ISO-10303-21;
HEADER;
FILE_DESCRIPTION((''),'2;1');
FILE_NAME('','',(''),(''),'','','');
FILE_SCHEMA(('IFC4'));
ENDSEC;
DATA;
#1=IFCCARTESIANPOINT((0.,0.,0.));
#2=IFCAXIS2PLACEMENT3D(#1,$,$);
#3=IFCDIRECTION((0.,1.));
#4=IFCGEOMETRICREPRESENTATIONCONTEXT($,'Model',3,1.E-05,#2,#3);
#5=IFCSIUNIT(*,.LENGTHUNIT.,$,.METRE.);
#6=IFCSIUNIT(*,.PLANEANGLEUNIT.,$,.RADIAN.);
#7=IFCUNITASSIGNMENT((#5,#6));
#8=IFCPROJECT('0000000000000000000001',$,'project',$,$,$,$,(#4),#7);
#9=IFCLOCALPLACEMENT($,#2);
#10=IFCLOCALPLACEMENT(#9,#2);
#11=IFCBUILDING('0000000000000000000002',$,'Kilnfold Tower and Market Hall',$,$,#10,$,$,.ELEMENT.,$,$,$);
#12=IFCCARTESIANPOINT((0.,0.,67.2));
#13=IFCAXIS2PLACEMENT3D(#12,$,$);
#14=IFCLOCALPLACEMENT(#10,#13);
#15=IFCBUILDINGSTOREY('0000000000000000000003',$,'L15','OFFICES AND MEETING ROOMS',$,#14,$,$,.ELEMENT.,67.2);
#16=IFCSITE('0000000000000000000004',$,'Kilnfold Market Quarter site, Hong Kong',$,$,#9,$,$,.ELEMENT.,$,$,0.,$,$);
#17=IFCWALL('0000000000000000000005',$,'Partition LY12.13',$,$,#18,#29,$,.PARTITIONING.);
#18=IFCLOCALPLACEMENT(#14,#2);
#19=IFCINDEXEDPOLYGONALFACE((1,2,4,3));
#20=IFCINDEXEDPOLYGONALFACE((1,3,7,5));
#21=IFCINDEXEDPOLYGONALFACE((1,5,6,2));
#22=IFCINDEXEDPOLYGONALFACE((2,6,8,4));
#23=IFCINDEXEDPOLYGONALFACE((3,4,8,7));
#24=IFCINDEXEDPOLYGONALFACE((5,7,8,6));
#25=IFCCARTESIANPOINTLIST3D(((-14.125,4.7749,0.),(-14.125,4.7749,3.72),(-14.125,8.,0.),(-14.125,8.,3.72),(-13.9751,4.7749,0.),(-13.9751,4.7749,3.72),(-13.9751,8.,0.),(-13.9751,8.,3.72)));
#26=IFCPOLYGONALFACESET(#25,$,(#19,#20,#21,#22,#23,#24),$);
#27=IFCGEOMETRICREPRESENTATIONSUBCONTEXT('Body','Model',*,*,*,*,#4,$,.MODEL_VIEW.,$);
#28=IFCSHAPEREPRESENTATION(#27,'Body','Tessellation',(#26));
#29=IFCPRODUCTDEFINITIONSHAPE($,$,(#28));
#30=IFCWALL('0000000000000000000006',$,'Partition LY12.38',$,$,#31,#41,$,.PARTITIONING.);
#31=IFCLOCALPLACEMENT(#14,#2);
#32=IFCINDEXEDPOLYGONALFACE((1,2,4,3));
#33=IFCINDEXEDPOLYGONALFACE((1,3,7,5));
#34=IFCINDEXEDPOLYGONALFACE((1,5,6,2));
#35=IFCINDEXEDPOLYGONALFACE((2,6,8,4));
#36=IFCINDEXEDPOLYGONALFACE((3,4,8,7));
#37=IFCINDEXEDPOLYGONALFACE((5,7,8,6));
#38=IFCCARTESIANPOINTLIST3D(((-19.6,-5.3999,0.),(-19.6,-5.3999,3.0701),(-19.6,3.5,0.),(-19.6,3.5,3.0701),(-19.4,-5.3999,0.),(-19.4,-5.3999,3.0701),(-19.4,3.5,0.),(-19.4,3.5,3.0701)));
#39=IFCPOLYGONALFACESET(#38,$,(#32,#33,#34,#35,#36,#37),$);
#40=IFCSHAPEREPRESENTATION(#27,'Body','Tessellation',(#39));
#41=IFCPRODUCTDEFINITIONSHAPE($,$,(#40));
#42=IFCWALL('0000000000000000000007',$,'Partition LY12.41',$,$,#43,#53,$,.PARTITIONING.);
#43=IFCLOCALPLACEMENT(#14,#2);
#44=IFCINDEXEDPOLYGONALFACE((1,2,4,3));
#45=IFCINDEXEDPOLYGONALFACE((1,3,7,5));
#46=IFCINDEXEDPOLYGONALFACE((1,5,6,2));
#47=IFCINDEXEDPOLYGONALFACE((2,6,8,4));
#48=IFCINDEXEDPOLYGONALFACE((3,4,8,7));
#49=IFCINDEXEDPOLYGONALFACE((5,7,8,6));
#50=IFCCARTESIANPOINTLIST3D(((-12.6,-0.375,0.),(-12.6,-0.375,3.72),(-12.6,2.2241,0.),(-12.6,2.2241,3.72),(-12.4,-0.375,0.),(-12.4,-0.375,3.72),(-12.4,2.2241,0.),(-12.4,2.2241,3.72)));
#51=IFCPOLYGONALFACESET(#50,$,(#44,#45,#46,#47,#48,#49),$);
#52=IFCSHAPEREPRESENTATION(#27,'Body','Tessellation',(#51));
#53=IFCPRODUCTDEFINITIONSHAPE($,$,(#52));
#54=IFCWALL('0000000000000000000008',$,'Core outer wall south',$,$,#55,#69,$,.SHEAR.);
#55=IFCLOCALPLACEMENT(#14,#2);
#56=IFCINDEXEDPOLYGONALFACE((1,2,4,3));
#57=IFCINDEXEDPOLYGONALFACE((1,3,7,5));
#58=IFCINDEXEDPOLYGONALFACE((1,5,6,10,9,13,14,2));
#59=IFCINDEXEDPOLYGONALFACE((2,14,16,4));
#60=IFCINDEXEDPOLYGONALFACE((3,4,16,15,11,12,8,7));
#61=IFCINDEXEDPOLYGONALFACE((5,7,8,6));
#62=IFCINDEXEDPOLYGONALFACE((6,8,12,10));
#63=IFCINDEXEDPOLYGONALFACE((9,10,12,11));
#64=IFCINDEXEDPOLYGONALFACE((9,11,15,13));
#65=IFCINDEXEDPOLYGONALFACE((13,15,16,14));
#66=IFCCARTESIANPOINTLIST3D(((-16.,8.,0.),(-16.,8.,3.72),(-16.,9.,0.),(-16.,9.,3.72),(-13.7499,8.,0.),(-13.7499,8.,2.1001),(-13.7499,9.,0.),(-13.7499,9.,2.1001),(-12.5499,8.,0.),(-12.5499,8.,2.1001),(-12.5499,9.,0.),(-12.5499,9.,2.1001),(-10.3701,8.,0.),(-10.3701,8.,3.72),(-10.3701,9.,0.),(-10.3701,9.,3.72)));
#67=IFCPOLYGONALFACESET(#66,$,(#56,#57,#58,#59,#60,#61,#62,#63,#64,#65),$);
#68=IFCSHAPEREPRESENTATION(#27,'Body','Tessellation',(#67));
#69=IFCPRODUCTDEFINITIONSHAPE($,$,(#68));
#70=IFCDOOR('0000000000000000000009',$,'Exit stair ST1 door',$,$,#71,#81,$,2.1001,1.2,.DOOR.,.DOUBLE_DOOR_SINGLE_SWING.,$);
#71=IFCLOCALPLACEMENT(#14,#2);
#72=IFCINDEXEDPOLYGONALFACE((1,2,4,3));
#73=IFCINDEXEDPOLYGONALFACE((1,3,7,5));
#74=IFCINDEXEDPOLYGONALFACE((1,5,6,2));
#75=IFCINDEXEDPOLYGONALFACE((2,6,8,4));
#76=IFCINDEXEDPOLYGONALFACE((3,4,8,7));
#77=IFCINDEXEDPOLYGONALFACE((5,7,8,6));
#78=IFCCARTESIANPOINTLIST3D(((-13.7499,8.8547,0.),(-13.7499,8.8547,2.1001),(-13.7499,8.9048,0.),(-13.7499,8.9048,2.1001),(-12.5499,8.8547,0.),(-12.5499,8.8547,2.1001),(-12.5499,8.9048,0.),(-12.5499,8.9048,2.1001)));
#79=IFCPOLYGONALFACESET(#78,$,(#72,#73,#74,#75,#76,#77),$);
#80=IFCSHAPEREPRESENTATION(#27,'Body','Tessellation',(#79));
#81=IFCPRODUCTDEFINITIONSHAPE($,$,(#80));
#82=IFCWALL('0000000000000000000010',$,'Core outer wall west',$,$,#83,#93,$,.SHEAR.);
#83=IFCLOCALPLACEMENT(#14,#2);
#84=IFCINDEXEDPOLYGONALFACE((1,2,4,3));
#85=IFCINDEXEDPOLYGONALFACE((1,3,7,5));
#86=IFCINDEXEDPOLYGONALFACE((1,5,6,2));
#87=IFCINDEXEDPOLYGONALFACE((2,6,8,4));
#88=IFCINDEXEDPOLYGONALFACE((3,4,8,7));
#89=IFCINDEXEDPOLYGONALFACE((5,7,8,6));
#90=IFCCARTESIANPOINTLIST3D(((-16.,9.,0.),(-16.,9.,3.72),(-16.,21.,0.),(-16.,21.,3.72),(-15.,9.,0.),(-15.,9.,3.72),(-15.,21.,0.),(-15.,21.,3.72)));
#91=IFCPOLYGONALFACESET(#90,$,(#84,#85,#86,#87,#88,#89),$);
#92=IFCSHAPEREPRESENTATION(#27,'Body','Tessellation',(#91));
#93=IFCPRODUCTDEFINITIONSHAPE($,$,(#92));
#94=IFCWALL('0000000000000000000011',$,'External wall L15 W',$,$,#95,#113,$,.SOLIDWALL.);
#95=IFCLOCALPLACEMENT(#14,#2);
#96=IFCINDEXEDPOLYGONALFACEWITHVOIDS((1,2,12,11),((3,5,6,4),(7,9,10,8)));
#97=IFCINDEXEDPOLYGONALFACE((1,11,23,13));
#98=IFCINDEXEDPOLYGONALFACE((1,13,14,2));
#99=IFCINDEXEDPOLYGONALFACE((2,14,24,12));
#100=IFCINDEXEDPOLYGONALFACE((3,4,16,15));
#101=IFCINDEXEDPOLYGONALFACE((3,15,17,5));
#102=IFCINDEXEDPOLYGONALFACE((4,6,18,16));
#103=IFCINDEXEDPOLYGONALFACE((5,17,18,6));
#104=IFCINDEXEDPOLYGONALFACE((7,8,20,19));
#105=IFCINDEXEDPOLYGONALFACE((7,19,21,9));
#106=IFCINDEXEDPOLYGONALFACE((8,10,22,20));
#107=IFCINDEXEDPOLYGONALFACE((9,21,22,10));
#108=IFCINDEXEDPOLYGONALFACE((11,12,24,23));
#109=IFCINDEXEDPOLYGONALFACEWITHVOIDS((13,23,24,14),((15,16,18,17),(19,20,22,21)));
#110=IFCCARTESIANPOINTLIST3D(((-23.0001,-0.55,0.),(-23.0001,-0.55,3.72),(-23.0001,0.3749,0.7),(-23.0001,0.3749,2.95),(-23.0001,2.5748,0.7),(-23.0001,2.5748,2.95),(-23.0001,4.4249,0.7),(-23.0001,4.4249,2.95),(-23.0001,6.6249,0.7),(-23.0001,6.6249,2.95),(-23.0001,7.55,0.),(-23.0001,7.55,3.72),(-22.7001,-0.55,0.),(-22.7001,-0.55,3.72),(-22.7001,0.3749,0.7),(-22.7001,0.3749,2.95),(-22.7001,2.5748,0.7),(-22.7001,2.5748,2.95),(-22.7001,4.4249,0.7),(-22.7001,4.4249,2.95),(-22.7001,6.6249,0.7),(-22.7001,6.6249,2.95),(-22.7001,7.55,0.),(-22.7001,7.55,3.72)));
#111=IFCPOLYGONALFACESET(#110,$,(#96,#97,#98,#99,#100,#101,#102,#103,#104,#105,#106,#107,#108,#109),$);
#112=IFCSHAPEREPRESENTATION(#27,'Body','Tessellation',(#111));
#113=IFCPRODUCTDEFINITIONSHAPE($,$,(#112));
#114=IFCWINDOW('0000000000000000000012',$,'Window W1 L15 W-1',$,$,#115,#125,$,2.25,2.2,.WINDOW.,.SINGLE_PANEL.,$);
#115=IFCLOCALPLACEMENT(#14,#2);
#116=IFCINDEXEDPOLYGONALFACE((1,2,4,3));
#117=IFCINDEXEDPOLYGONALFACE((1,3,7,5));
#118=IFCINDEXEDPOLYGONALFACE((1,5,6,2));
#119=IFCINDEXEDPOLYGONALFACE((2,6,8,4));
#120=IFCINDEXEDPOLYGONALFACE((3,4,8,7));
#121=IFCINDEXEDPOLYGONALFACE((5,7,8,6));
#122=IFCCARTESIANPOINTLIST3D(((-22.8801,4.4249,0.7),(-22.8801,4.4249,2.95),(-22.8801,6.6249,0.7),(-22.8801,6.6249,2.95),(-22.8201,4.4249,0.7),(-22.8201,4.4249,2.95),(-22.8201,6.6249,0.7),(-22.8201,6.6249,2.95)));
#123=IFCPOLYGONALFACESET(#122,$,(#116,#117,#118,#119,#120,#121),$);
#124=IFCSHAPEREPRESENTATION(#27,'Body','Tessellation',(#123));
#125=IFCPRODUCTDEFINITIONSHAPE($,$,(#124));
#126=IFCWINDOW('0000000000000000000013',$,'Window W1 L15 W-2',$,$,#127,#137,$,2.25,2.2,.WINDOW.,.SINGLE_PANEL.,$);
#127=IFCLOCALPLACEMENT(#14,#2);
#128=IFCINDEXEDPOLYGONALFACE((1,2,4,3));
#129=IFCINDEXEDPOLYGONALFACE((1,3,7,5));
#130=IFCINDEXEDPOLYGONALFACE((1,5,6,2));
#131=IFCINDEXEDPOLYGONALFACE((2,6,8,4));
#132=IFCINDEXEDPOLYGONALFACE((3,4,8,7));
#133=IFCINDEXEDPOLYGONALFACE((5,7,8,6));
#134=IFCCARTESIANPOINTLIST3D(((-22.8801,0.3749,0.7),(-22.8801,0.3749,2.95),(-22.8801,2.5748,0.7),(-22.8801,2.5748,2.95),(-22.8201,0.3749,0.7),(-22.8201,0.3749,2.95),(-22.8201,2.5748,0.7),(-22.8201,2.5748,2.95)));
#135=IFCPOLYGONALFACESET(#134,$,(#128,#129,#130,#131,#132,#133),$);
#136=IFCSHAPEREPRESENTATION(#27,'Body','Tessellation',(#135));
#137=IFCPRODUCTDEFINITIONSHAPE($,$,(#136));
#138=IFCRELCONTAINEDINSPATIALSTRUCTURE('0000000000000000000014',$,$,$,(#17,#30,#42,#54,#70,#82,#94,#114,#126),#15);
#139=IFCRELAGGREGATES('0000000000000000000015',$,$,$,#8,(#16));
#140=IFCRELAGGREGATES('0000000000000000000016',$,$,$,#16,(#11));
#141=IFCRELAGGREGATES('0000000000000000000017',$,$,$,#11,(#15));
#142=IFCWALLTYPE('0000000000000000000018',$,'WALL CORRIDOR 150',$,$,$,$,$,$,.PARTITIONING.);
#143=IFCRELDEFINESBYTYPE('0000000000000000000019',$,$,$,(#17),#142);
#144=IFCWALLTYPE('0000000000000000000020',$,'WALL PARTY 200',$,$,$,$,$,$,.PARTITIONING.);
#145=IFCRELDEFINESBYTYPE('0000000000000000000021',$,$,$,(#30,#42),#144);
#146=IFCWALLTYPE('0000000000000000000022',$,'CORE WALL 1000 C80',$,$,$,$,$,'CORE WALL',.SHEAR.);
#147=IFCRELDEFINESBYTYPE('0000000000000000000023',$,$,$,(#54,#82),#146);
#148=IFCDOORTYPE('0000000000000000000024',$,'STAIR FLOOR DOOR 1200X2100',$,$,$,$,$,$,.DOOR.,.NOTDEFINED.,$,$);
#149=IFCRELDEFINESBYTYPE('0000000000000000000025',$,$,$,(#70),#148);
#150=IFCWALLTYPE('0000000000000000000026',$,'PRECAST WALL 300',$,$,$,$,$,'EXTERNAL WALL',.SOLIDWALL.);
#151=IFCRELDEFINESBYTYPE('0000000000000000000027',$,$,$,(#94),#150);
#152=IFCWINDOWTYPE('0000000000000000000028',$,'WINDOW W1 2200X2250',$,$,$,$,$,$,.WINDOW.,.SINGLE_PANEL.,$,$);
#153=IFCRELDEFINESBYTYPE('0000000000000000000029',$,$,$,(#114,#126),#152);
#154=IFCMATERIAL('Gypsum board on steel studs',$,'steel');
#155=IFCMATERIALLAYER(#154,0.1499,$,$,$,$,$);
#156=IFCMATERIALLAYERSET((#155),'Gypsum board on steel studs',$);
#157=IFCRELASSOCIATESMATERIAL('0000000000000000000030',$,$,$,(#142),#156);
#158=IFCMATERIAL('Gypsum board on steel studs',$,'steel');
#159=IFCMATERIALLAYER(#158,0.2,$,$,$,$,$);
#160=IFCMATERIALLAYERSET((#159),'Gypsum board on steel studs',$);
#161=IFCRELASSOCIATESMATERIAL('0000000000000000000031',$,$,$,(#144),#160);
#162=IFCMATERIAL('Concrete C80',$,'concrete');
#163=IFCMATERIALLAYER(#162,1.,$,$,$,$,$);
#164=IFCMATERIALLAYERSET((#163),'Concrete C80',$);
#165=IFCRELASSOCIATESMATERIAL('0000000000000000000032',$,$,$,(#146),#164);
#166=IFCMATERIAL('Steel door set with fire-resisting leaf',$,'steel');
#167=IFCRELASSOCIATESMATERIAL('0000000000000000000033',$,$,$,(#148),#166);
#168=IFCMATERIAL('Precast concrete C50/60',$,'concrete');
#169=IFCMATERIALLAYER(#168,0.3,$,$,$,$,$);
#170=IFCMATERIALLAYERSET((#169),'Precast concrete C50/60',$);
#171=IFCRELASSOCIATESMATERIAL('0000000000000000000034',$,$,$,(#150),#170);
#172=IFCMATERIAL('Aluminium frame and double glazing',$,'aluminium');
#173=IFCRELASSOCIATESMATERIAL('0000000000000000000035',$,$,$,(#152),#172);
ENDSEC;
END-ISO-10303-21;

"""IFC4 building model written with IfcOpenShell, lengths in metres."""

from ifc_helpers import new_model, si_unit, direction, frame, frame_2d, origin, place, context, subcontext, project, spatial, rectangle, extrude, source, transform, mapped, material, layer, layer_set, type_object, element, fill, save


model = new_model("IFC4")

# Units and contexts
model_context = context("Model", 3, precision=1e-05, world=origin(), true_north=direction((0.0, 1.0)))
body_context = subcontext(model_context, "Body", "Model", "MODEL_VIEW")
ifc_project = project(units=[si_unit("LENGTHUNIT", "METRE"), si_unit("PLANEANGLEUNIT", "RADIAN")], contexts=[model_context])

# Site, building, storey
site_placement = place(None, origin())
site = spatial("IfcSite", under=ifc_project, at=site_placement, Name="Kilnfold Market Quarter site, Hong Kong", CompositionType="ELEMENT", RefElevation=0.0)
building_placement = place(site_placement, origin())
building = spatial("IfcBuilding", under=site, at=building_placement, Name="Kilnfold Tower and Market Hall", CompositionType="ELEMENT")
storey_placement = place(building_placement, frame((0.0, 0.0, 67.2)))
storey = spatial("IfcBuildingStorey", under=building, at=storey_placement, Name="L15", Description="OFFICES AND MEETING ROOMS", CompositionType="ELEMENT", Elevation=67.2)

# Shared definitions
ifc_material_1 = material(Name="Gypsum board on steel studs", Category="steel")
ifc_layer_1 = layer(ifc_material_1, 0.1499)
ifc_layer_set_1 = layer_set([ifc_layer_1], Name="Gypsum board on steel studs")
wall_type_1 = type_object("IfcWallType", Name="WALL CORRIDOR 150", PredefinedType="PARTITIONING", material=ifc_layer_set_1)

# Walls
wall_1_placement = place(storey_placement, frame((-14.05, 8.0, 0.0), z_axis=(0.0, 0.0, 1.0), x_axis=(0.0, -1.0, 0.0)))
element("IfcWall", 1, at=wall_1_placement, inside=storey, type_object=wall_type_1, Name="Partition LY12.13", PredefinedType="PARTITIONING", context=body_context, shape_type="SweptSolid", body=[
    extrude(rectangle(XDim=3.2251, YDim=0.1499, at=frame_2d((1.6125, 0.0))), origin(), (0.0, 0.0, 1.0), 3.72),
])
ifc_material_2 = material(Name="Gypsum board on steel studs", Category="steel")
ifc_layer_2 = layer(ifc_material_2, 0.2)
ifc_layer_set_2 = layer_set([ifc_layer_2], Name="Gypsum board on steel studs")
wall_type_2 = type_object("IfcWallType", Name="WALL PARTY 200", PredefinedType="PARTITIONING", material=ifc_layer_set_2)
wall_2_placement = place(storey_placement, frame((-19.5, 3.5, 0.0), z_axis=(0.0, 0.0, 1.0), x_axis=(0.0, -1.0, 0.0)))
element("IfcWall", 2, at=wall_2_placement, inside=storey, type_object=wall_type_2, Name="Partition LY12.38", PredefinedType="PARTITIONING", context=body_context, shape_type="SweptSolid", body=[
    extrude(rectangle(XDim=8.8999, YDim=0.2, at=frame_2d((4.45, 0.0))), origin(), (0.0, 0.0, 1.0), 3.0701),
])
wall_3_placement = place(storey_placement, frame((-12.5, -0.375, 0.0), z_axis=(0.0, 0.0, 1.0), x_axis=(0.0, 1.0, 0.0)))
element("IfcWall", 3, at=wall_3_placement, inside=storey, type_object=wall_type_2, Name="Partition LY12.41", PredefinedType="PARTITIONING", context=body_context, shape_type="SweptSolid", body=[
    extrude(rectangle(XDim=2.5991, YDim=0.2, at=frame_2d((1.2996, 0.0))), origin(), (0.0, 0.0, 1.0), 3.72),
])

# Wall, opening, door
ifc_material_3 = material(Name="Concrete C80", Category="concrete")
ifc_layer_3 = layer(ifc_material_3, 1.0)
ifc_layer_set_3 = layer_set([ifc_layer_3], Name="Concrete C80")
wall_type_3 = type_object("IfcWallType", Name="CORE WALL 1000 C80", ElementType="CORE WALL", PredefinedType="SHEAR", material=ifc_layer_set_3)
shared_shape_1 = source(origin(), body_context, "Body", "SweptSolid", [
    extrude(rectangle(XDim=5.6299, YDim=1.0, at=frame_2d((2.8149, 0.0))), origin(), (0.0, 0.0, 1.0), 3.72),
])
wall_4_placement = place(storey_placement, frame((-16.0, 8.5, 0.0), z_axis=(0.0, 0.0, 1.0), x_axis=(1.0, 0.0, 0.0)))
wall_4 = element("IfcWall", 4, at=wall_4_placement, inside=storey, type_object=wall_type_3, Name="Core outer wall south", PredefinedType="SHEAR", context=body_context, shape_type="MappedRepresentation", body=[
    mapped(shared_shape_1, transform((0.0, 0.0, 0.0))),
])
opening_1_placement = place(wall_4_placement, frame((2.25, 0.0, 0.0)))
opening_1 = element("IfcOpeningElement", 5, at=opening_1_placement, cuts=wall_4, PredefinedType="OPENING", context=body_context, shape_type="SweptSolid", body=[
    extrude(rectangle(XDim=1.2, YDim=2.1001, at=frame_2d((0.6001, 1.05))), frame((0.0, 0.51, 0.0), z_axis=(0.0, -1.0, 0.0), x_axis=(1.0, 0.0, 0.0)), (0.0, 0.0, 1.0), 1.02),
])
ifc_material_4 = material(Name="Steel door set with fire-resisting leaf", Category="steel")
door_type_1 = type_object("IfcDoorType", Name="STAIR FLOOR DOOR 1200X2100", OperationType="NOTDEFINED", PredefinedType="DOOR", material=ifc_material_4)
door_1_placement = place(opening_1_placement, origin())
door_1 = element("IfcDoor", 6, at=door_1_placement, inside=storey, type_object=door_type_1, Name="Exit stair ST1 door", OperationType="DOUBLE_DOOR_SINGLE_SWING", OverallHeight=2.1001, OverallWidth=1.2, PredefinedType="DOOR", context=body_context, shape_type="SweptSolid", body=[
    extrude(rectangle(XDim=1.2, YDim=2.1001, at=frame_2d((0.6001, 1.05))), frame((0.0, 0.4048, 0.0), z_axis=(0.0, -1.0, 0.0), x_axis=(1.0, 0.0, 0.0)), (0.0, 0.0, 1.0), 0.05),
])
fill(opening_1, door_1)

# Wall
shared_shape_2 = source(origin(), body_context, "Body", "SweptSolid", [
    extrude(rectangle(XDim=12.0, YDim=1.0, at=frame_2d((6.0, 0.0))), origin(), (0.0, 0.0, 1.0), 3.72),
])
wall_5_placement = place(storey_placement, frame((-15.5, 9.0, 0.0), z_axis=(0.0, 0.0, 1.0), x_axis=(0.0, 1.0, 0.0)))
element("IfcWall", 7, at=wall_5_placement, inside=storey, type_object=wall_type_3, Name="Core outer wall west", PredefinedType="SHEAR", context=body_context, shape_type="MappedRepresentation", body=[
    mapped(shared_shape_2, transform((0.0, 0.0, 0.0))),
])

# Wall, openings, windows
ifc_material_5 = material(Name="Precast concrete C50/60", Category="concrete")
ifc_layer_4 = layer(ifc_material_5, 0.3)
ifc_layer_set_4 = layer_set([ifc_layer_4], Name="Precast concrete C50/60")
wall_type_4 = type_object("IfcWallType", Name="PRECAST WALL 300", ElementType="EXTERNAL WALL", PredefinedType="SOLIDWALL", material=ifc_layer_set_4)
shared_shape_3 = source(origin(), body_context, "Body", "SweptSolid", [
    extrude(rectangle(XDim=8.1001, YDim=0.3, at=frame_2d((4.05, 0.0))), origin(), (0.0, 0.0, 1.0), 3.72),
])
wall_6_placement = place(storey_placement, frame((-22.8501, 7.55, 0.0), z_axis=(0.0, 0.0, 1.0), x_axis=(0.0, -1.0, 0.0)))
wall_6 = element("IfcWall", 8, at=wall_6_placement, inside=storey, type_object=wall_type_4, Name="External wall L15 W", PredefinedType="SOLIDWALL", context=body_context, shape_type="MappedRepresentation", body=[
    mapped(shared_shape_3, transform((0.0, 0.0, 0.0))),
])
opening_2_placement = place(wall_6_placement, frame((0.925, 0.0, 0.7)))
opening_2 = element("IfcOpeningElement", 9, at=opening_2_placement, cuts=wall_6, PredefinedType="OPENING", context=body_context, shape_type="SweptSolid", body=[
    extrude(rectangle(XDim=2.2, YDim=2.25, at=frame_2d((1.1001, 1.125))), frame((0.0, 0.1602, 0.0), z_axis=(0.0, -1.0, 0.0), x_axis=(1.0, 0.0, 0.0)), (0.0, 0.0, 1.0), 0.3201),
])
opening_3_placement = place(wall_6_placement, frame((4.9751, 0.0, 0.7)))
opening_3 = element("IfcOpeningElement", 10, at=opening_3_placement, cuts=wall_6, PredefinedType="OPENING", context=body_context, shape_type="SweptSolid", body=[
    extrude(rectangle(XDim=2.2, YDim=2.25, at=frame_2d((1.1001, 1.125))), frame((0.0, 0.1602, 0.0), z_axis=(0.0, -1.0, 0.0), x_axis=(1.0, 0.0, 0.0)), (0.0, 0.0, 1.0), 0.3201),
])
ifc_material_6 = material(Name="Aluminium frame and double glazing", Category="aluminium")
window_type = type_object("IfcWindowType", Name="WINDOW W1 2200X2250", PartitioningType="SINGLE_PANEL", PredefinedType="WINDOW", material=ifc_material_6)
window_1_placement = place(opening_2_placement, origin())
window_1 = element("IfcWindow", 11, at=window_1_placement, inside=storey, type_object=window_type, Name="Window W1 L15 W-1", OverallHeight=2.25, OverallWidth=2.2, PartitioningType="SINGLE_PANEL", PredefinedType="WINDOW", context=body_context, shape_type="SweptSolid", body=[
    extrude(rectangle(XDim=2.2, YDim=2.25, at=frame_2d((1.1001, 1.125))), frame((0.0, 0.03, 0.0), z_axis=(0.0, -1.0, 0.0), x_axis=(1.0, 0.0, 0.0)), (0.0, 0.0, 1.0), 0.0601),
])
fill(opening_2, window_1)
window_2_placement = place(opening_3_placement, origin())
window_2 = element("IfcWindow", 12, at=window_2_placement, inside=storey, type_object=window_type, Name="Window W1 L15 W-2", OverallHeight=2.25, OverallWidth=2.2, PartitioningType="SINGLE_PANEL", PredefinedType="WINDOW", context=body_context, shape_type="SweptSolid", body=[
    extrude(rectangle(XDim=2.2, YDim=2.25, at=frame_2d((1.1001, 1.125))), frame((0.0, 0.03, 0.0), z_axis=(0.0, -1.0, 0.0), x_axis=(1.0, 0.0, 0.0)), (0.0, 0.0, 1.0), 0.0601),
])
fill(opening_3, window_2)

save(model, "model.ifc")
